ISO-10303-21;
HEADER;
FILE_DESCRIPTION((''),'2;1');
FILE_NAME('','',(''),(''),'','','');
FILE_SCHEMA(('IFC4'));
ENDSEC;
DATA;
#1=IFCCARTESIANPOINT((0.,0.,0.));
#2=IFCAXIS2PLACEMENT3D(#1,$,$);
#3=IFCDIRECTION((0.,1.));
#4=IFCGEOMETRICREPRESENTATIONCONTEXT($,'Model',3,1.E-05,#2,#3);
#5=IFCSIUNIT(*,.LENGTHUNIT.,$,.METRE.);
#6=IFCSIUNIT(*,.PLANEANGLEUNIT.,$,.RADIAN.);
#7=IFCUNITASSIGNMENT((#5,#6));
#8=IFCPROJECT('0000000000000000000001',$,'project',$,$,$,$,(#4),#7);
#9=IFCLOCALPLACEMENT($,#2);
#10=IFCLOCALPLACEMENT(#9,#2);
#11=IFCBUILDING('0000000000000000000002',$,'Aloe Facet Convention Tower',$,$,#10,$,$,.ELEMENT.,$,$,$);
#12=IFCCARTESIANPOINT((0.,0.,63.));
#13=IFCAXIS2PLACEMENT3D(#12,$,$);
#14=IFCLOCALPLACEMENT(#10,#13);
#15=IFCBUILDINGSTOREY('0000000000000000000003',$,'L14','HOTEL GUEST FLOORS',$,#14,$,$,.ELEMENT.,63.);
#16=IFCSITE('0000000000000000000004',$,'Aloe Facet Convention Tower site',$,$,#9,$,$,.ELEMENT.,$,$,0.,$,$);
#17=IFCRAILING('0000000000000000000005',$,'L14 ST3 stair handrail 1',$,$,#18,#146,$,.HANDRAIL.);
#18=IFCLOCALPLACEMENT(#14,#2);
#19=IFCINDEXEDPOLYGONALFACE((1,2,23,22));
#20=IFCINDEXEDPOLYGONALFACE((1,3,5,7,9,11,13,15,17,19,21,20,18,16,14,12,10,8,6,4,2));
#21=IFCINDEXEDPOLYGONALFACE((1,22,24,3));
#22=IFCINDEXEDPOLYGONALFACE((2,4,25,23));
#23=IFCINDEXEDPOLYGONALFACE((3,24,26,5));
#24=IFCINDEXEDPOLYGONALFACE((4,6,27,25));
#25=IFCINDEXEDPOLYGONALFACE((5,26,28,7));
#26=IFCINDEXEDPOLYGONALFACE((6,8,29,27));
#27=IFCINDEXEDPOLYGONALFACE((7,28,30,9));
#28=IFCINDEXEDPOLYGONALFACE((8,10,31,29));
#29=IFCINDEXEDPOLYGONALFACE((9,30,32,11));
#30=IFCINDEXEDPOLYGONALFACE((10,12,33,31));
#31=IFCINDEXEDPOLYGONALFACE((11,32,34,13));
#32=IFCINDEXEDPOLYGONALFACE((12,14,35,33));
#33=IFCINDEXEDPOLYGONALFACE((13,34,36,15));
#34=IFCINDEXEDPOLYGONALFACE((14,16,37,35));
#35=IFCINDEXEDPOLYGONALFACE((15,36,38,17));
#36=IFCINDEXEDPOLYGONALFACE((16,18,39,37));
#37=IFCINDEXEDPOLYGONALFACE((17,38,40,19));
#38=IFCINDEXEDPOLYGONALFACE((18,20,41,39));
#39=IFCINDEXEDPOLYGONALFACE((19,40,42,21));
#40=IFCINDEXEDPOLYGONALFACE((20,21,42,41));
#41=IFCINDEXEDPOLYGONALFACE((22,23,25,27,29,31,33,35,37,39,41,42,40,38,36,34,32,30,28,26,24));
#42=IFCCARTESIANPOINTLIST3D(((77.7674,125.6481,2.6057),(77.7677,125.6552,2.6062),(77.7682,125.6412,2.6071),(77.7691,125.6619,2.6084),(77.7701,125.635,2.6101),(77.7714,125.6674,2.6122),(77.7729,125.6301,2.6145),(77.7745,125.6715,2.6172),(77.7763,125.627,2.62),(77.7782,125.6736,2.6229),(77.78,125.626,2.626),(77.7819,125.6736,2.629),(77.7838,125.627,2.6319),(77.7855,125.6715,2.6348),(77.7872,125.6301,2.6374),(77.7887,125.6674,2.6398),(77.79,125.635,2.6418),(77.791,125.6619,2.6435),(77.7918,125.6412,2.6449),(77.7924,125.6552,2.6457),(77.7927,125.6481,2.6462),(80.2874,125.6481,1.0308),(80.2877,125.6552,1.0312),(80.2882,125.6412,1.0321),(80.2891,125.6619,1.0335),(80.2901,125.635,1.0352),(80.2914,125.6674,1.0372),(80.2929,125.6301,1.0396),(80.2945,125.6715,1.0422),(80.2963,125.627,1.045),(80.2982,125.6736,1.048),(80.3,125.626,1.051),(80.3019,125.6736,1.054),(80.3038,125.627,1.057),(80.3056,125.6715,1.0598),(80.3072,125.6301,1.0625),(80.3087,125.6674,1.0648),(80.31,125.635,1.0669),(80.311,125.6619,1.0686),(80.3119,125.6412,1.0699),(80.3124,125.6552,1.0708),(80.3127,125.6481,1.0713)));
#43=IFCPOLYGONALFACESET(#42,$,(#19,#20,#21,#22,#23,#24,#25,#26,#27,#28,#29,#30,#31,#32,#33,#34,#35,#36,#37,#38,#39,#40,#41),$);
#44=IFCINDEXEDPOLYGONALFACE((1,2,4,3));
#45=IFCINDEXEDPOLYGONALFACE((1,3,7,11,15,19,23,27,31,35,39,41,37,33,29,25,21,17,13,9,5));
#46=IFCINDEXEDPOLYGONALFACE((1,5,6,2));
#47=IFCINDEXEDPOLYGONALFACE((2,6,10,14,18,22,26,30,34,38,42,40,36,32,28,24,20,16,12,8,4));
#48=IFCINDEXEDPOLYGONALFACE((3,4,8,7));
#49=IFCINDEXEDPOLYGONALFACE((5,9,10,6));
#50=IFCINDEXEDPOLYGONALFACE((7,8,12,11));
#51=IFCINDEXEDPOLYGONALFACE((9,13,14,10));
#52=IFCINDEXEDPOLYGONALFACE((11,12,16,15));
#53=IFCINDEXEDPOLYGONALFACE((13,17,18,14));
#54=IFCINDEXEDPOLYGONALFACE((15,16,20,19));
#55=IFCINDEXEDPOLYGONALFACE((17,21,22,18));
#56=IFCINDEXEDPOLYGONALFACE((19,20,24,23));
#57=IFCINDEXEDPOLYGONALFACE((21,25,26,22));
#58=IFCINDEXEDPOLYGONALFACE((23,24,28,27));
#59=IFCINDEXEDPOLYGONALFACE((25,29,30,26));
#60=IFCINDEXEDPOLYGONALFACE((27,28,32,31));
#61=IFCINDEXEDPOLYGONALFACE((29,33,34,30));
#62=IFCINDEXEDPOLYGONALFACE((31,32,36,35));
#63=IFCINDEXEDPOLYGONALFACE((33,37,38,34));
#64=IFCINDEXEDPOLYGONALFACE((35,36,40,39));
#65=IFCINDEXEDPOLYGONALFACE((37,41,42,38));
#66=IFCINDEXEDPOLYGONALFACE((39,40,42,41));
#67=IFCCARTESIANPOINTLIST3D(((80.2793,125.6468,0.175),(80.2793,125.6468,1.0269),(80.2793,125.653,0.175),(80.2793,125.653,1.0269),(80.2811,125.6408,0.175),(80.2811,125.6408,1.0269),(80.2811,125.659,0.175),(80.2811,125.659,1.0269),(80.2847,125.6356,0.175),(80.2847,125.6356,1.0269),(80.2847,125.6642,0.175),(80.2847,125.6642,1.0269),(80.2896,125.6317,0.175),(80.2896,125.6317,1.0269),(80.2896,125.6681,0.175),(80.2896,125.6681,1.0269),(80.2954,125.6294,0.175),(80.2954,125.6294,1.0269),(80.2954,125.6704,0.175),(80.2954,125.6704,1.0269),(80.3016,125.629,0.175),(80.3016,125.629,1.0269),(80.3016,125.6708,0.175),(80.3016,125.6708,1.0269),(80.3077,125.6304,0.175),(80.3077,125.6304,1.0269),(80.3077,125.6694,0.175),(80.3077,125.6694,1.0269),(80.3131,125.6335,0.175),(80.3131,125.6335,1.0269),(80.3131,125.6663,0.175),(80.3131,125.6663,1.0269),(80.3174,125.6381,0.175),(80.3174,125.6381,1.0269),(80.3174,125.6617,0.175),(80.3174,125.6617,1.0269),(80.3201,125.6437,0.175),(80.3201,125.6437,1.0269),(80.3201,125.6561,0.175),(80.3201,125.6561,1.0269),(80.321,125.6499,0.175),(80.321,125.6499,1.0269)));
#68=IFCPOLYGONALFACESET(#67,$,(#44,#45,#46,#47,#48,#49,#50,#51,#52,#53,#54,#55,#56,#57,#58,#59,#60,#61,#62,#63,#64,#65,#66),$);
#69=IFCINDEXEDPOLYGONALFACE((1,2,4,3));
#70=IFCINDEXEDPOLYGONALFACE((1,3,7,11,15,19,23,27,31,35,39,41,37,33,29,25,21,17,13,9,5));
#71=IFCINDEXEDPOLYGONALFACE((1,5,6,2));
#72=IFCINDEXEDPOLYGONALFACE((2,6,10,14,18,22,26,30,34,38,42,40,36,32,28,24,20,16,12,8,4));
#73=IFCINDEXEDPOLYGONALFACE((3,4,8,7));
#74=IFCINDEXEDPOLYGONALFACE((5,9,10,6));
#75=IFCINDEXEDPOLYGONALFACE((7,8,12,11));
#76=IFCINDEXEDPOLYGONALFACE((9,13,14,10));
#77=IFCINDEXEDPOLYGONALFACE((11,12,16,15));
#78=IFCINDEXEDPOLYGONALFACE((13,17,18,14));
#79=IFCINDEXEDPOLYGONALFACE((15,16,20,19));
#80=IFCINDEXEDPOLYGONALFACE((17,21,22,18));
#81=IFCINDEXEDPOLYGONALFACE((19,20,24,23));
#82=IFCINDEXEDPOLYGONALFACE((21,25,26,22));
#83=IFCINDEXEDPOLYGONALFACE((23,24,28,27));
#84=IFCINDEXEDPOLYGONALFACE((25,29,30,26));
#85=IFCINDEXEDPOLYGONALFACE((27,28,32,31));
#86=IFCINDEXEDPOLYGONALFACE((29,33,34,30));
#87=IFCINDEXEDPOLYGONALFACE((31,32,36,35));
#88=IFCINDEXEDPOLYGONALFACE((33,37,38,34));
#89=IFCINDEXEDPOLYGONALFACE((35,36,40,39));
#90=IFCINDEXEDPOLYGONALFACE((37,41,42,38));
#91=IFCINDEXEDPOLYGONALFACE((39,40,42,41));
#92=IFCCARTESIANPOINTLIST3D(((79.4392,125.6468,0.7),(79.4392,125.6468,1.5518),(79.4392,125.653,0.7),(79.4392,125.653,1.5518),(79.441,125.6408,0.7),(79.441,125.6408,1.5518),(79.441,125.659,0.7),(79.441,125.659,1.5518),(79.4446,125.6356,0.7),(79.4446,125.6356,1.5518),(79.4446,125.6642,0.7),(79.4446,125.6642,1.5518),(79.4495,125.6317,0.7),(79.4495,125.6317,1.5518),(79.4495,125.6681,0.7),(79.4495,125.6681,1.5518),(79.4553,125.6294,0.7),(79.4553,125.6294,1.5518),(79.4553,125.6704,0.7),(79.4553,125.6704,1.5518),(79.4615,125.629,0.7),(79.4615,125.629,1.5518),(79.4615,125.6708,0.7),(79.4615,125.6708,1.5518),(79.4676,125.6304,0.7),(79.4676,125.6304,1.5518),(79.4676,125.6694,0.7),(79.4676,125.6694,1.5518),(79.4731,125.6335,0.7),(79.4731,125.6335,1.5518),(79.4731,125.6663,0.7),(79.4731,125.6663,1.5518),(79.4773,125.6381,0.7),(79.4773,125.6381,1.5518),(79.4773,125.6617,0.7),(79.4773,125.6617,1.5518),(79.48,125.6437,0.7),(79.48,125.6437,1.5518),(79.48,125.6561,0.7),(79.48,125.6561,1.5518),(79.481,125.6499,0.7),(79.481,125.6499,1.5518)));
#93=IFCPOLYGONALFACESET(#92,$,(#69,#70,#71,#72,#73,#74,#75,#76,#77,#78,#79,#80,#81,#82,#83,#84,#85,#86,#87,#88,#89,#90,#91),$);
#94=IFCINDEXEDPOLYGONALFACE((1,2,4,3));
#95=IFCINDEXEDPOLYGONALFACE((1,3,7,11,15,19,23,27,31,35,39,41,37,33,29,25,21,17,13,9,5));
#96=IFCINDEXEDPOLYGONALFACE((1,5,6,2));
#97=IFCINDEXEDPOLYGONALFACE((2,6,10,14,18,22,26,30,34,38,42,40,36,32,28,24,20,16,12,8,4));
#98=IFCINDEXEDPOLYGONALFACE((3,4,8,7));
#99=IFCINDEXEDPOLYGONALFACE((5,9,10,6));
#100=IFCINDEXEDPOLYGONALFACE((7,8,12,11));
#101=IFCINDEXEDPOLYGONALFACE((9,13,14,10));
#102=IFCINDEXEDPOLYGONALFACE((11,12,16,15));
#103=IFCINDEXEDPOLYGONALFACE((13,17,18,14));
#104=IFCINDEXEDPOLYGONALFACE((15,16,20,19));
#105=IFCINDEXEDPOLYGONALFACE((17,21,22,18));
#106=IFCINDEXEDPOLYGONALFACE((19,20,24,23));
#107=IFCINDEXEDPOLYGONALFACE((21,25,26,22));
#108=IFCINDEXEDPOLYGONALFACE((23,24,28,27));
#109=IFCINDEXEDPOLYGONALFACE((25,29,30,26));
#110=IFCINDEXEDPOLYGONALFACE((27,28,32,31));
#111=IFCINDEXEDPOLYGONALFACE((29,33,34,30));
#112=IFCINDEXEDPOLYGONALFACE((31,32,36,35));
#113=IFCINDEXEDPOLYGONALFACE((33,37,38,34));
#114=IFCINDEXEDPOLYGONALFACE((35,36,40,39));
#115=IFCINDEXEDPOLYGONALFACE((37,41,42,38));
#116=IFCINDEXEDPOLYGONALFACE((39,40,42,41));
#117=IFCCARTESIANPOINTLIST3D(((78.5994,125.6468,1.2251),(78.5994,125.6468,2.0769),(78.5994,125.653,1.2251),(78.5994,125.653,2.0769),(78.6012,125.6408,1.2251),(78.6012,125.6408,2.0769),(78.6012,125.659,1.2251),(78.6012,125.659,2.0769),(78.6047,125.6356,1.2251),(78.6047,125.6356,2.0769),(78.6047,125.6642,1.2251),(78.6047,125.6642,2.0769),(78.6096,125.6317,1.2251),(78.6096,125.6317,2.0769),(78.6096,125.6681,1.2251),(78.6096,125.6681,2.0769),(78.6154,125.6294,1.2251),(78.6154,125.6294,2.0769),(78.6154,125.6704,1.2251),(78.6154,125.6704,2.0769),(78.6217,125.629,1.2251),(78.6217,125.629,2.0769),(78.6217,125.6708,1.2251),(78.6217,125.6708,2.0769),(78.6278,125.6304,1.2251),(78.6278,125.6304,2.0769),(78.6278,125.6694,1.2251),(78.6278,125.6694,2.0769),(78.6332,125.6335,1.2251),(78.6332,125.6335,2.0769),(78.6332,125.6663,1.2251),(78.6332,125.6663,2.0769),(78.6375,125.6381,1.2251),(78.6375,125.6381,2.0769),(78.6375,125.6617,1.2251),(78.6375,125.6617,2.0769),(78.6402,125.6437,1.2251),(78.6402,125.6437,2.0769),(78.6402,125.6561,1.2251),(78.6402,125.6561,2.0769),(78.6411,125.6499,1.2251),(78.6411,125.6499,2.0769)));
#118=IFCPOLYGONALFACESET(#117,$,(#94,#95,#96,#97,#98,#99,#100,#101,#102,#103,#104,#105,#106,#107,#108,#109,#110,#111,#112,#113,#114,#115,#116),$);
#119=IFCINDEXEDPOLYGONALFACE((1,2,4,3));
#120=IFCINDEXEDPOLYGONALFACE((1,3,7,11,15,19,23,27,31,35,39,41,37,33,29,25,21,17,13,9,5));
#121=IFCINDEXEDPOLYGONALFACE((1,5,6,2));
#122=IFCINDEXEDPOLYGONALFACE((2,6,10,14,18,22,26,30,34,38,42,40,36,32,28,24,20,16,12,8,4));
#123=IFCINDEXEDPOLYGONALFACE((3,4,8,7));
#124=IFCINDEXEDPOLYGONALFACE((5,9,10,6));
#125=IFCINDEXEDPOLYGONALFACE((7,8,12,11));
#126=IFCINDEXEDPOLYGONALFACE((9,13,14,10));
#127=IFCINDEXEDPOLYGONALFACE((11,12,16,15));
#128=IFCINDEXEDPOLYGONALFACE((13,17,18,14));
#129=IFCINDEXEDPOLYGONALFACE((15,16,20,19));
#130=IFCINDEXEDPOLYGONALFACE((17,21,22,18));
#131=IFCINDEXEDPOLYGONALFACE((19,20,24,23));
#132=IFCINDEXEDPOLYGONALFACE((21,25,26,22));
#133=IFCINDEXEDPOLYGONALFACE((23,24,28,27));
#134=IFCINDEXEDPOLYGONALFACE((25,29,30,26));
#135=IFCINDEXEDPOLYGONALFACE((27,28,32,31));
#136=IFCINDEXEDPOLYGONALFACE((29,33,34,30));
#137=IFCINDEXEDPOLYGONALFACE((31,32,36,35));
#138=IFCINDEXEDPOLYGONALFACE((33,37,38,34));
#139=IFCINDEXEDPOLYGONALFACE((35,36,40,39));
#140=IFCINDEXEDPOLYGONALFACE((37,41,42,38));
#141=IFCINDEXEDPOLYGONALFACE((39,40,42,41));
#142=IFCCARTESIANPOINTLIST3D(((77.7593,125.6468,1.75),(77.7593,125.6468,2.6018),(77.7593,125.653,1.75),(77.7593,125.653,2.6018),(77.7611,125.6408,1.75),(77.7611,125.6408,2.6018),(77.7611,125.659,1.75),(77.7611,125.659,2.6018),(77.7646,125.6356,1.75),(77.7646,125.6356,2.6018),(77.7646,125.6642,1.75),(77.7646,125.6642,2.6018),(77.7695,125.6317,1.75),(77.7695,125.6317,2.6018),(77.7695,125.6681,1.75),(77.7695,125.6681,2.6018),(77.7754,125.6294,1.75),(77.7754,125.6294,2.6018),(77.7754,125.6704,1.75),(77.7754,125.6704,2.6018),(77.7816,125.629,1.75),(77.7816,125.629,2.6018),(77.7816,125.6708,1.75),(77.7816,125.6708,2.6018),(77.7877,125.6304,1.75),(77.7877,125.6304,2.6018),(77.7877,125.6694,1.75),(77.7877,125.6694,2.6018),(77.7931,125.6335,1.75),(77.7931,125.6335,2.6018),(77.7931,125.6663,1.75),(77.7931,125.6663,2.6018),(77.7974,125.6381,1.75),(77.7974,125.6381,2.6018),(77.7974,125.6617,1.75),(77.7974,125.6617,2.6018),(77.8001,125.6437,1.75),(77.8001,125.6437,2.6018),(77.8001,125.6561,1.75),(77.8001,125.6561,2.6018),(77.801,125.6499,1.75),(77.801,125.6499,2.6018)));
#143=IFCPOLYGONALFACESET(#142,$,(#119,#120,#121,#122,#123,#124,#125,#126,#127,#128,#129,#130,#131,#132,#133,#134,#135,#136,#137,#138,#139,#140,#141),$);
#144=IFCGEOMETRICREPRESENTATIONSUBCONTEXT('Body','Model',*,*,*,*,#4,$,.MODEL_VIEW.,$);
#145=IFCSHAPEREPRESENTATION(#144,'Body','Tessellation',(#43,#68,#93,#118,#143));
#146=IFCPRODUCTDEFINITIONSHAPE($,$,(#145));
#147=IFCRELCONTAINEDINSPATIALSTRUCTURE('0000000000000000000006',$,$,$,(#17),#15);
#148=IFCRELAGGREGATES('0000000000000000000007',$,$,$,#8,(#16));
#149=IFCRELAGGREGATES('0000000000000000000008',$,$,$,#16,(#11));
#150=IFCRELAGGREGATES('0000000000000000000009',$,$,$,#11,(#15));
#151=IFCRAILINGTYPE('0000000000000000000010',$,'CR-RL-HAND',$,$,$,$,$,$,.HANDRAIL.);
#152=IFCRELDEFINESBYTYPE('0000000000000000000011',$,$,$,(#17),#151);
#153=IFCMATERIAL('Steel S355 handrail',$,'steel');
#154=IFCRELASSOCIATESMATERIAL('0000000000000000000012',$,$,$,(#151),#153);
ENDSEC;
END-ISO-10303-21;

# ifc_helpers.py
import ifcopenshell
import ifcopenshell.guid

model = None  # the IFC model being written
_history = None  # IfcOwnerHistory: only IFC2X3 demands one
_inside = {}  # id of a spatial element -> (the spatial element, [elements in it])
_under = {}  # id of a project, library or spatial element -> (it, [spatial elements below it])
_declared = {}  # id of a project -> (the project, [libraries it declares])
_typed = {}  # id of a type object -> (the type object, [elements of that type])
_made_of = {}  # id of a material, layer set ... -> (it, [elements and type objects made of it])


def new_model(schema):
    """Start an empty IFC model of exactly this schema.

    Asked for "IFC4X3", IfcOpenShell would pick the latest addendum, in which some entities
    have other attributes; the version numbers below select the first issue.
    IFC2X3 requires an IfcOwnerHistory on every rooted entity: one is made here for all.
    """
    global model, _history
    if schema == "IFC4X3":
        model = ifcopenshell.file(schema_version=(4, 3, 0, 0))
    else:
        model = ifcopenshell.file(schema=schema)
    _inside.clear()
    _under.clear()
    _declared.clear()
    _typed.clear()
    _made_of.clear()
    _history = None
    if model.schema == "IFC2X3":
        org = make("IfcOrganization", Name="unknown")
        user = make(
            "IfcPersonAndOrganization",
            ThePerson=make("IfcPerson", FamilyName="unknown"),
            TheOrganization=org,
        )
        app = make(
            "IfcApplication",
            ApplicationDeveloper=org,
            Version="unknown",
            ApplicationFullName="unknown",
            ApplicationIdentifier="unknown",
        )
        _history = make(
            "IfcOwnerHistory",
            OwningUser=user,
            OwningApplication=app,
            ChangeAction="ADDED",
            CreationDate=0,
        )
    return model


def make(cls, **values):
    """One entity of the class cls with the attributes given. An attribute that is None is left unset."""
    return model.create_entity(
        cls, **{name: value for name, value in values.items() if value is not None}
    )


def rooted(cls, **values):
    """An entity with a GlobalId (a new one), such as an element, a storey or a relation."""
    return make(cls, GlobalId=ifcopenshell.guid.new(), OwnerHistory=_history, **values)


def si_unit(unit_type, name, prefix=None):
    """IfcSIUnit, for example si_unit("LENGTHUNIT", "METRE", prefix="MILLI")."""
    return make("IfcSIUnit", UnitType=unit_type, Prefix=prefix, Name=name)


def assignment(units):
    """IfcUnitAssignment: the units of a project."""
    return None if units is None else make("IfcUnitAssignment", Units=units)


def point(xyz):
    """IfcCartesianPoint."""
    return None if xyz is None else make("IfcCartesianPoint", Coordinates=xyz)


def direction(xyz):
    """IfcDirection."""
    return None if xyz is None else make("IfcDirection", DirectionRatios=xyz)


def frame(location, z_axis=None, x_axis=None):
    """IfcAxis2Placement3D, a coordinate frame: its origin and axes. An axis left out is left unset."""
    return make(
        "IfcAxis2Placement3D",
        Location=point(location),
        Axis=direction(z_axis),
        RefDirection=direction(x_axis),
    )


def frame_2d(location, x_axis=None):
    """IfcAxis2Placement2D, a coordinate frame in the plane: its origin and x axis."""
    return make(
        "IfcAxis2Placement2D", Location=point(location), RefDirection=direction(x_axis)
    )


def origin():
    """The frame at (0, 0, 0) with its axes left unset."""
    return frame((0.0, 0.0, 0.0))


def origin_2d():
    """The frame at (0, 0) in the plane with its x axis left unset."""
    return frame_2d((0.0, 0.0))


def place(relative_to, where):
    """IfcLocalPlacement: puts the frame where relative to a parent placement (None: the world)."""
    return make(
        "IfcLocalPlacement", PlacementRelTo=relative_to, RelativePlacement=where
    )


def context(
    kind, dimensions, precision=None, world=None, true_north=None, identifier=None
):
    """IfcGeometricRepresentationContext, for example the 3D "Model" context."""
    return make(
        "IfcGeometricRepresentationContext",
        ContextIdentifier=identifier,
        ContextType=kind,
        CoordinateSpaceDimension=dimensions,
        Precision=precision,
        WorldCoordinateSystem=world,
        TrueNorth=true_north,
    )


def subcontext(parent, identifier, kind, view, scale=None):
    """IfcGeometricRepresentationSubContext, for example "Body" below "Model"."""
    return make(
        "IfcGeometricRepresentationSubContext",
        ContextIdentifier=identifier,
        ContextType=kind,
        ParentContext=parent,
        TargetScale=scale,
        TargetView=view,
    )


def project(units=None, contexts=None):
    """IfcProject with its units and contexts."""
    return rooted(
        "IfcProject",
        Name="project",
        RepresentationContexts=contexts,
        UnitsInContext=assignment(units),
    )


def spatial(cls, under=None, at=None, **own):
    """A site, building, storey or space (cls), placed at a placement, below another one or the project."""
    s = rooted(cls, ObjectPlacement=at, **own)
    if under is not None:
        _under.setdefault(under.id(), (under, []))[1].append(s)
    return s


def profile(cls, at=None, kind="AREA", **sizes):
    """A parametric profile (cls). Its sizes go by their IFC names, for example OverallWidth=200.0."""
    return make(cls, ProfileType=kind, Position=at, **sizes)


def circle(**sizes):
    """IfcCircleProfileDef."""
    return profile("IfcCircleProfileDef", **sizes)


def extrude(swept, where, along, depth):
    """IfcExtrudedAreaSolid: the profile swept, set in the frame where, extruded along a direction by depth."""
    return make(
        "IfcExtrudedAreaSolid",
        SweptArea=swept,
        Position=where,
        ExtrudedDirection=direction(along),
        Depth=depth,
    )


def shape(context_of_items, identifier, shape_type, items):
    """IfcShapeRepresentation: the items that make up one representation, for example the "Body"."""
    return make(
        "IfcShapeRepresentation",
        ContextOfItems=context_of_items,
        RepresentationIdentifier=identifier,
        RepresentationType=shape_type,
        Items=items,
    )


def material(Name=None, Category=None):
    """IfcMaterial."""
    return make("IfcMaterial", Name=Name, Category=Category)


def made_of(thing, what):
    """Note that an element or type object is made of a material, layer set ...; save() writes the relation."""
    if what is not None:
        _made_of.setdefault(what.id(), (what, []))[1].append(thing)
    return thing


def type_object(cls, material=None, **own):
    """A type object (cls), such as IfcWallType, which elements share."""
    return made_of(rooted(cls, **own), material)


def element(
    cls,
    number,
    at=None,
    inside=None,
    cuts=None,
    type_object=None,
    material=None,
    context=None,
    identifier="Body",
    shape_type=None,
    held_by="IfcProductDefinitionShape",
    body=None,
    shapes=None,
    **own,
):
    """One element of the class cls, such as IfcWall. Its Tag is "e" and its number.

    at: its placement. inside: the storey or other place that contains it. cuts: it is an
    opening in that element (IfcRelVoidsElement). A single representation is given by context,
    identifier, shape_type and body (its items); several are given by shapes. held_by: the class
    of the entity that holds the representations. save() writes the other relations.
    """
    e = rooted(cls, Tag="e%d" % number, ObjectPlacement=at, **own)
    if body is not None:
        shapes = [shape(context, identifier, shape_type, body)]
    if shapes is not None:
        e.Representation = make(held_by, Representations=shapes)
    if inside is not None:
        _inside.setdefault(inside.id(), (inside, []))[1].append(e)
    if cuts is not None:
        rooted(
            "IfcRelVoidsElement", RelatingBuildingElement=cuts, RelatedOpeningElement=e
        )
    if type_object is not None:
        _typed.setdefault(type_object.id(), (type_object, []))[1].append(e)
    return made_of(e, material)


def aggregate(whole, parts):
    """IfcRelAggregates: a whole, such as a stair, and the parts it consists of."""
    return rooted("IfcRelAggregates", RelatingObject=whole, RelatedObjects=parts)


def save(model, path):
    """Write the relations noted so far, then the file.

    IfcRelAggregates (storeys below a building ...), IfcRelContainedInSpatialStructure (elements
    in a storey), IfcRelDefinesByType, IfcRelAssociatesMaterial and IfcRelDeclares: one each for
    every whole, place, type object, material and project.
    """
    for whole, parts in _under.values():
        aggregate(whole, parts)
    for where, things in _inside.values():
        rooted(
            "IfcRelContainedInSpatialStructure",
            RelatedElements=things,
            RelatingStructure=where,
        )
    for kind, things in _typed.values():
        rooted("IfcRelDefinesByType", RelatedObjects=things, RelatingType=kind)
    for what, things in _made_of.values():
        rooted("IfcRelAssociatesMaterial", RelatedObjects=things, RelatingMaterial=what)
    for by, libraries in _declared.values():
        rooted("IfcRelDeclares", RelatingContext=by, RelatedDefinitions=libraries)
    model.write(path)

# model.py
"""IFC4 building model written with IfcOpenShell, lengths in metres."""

from ifc_helpers import new_model, si_unit, direction, frame, origin, origin_2d, place, context, subcontext, project, spatial, circle, extrude, material, type_object, element, save


model = new_model("IFC4")

# Units and contexts
model_context = context("Model", 3, precision=1e-05, world=origin(), true_north=direction((0.0, 1.0)))
body_context = subcontext(model_context, "Body", "Model", "MODEL_VIEW")
ifc_project = project(units=[si_unit("LENGTHUNIT", "METRE"), si_unit("PLANEANGLEUNIT", "RADIAN")], contexts=[model_context])

# Site, building, storey
site_placement = place(None, origin())
site = spatial("IfcSite", under=ifc_project, at=site_placement, Name="Aloe Facet Convention Tower site", CompositionType="ELEMENT", RefElevation=0.0)
building_placement = place(site_placement, origin())
building = spatial("IfcBuilding", under=site, at=building_placement, Name="Aloe Facet Convention Tower", CompositionType="ELEMENT")
storey_placement = place(building_placement, frame((0.0, 0.0, 63.0)))
storey = spatial("IfcBuildingStorey", under=building, at=storey_placement, Name="L14", Description="HOTEL GUEST FLOORS", CompositionType="ELEMENT", Elevation=63.0)

# Railing
ifc_material_1 = material(Name="Steel S355 handrail", Category="steel")
railing_type_1 = type_object("IfcRailingType", Name="CR-RL-HAND", PredefinedType="HANDRAIL", material=ifc_material_1)
railing_1_placement = place(storey_placement, frame((80.3, 125.6499, 0.175)))
element("IfcRailing", 1, at=railing_1_placement, inside=storey, type_object=railing_type_1, Name="L14 ST3 stair handrail 1", PredefinedType="HANDRAIL", context=body_context, shape_type="SweptSolid", body=[
    extrude(circle(Radius=0.0239, at=origin_2d()), frame((0.0, 0.0, 0.876), z_axis=(-0.848008, 0.0, 0.529984), x_axis=(0.0, -1.0, 0.0)), (0.0, 0.0, 1.0), 2.9717),
    extrude(circle(Radius=0.021, at=origin_2d()), origin(), (0.0, 0.0, 1.0), 0.8518),
    extrude(circle(Radius=0.021, at=origin_2d()), frame((-0.8401, 0.0, 0.5249)), (0.0, 0.0, 1.0), 0.8518),
    extrude(circle(Radius=0.021, at=origin_2d()), frame((-1.6799, 0.0, 1.05)), (0.0, 0.0, 1.0), 0.8518),
    extrude(circle(Radius=0.021, at=origin_2d()), frame((-2.52, 0.0, 1.575)), (0.0, 0.0, 1.0), 0.8518),
])

save(model, "model.ifc")
